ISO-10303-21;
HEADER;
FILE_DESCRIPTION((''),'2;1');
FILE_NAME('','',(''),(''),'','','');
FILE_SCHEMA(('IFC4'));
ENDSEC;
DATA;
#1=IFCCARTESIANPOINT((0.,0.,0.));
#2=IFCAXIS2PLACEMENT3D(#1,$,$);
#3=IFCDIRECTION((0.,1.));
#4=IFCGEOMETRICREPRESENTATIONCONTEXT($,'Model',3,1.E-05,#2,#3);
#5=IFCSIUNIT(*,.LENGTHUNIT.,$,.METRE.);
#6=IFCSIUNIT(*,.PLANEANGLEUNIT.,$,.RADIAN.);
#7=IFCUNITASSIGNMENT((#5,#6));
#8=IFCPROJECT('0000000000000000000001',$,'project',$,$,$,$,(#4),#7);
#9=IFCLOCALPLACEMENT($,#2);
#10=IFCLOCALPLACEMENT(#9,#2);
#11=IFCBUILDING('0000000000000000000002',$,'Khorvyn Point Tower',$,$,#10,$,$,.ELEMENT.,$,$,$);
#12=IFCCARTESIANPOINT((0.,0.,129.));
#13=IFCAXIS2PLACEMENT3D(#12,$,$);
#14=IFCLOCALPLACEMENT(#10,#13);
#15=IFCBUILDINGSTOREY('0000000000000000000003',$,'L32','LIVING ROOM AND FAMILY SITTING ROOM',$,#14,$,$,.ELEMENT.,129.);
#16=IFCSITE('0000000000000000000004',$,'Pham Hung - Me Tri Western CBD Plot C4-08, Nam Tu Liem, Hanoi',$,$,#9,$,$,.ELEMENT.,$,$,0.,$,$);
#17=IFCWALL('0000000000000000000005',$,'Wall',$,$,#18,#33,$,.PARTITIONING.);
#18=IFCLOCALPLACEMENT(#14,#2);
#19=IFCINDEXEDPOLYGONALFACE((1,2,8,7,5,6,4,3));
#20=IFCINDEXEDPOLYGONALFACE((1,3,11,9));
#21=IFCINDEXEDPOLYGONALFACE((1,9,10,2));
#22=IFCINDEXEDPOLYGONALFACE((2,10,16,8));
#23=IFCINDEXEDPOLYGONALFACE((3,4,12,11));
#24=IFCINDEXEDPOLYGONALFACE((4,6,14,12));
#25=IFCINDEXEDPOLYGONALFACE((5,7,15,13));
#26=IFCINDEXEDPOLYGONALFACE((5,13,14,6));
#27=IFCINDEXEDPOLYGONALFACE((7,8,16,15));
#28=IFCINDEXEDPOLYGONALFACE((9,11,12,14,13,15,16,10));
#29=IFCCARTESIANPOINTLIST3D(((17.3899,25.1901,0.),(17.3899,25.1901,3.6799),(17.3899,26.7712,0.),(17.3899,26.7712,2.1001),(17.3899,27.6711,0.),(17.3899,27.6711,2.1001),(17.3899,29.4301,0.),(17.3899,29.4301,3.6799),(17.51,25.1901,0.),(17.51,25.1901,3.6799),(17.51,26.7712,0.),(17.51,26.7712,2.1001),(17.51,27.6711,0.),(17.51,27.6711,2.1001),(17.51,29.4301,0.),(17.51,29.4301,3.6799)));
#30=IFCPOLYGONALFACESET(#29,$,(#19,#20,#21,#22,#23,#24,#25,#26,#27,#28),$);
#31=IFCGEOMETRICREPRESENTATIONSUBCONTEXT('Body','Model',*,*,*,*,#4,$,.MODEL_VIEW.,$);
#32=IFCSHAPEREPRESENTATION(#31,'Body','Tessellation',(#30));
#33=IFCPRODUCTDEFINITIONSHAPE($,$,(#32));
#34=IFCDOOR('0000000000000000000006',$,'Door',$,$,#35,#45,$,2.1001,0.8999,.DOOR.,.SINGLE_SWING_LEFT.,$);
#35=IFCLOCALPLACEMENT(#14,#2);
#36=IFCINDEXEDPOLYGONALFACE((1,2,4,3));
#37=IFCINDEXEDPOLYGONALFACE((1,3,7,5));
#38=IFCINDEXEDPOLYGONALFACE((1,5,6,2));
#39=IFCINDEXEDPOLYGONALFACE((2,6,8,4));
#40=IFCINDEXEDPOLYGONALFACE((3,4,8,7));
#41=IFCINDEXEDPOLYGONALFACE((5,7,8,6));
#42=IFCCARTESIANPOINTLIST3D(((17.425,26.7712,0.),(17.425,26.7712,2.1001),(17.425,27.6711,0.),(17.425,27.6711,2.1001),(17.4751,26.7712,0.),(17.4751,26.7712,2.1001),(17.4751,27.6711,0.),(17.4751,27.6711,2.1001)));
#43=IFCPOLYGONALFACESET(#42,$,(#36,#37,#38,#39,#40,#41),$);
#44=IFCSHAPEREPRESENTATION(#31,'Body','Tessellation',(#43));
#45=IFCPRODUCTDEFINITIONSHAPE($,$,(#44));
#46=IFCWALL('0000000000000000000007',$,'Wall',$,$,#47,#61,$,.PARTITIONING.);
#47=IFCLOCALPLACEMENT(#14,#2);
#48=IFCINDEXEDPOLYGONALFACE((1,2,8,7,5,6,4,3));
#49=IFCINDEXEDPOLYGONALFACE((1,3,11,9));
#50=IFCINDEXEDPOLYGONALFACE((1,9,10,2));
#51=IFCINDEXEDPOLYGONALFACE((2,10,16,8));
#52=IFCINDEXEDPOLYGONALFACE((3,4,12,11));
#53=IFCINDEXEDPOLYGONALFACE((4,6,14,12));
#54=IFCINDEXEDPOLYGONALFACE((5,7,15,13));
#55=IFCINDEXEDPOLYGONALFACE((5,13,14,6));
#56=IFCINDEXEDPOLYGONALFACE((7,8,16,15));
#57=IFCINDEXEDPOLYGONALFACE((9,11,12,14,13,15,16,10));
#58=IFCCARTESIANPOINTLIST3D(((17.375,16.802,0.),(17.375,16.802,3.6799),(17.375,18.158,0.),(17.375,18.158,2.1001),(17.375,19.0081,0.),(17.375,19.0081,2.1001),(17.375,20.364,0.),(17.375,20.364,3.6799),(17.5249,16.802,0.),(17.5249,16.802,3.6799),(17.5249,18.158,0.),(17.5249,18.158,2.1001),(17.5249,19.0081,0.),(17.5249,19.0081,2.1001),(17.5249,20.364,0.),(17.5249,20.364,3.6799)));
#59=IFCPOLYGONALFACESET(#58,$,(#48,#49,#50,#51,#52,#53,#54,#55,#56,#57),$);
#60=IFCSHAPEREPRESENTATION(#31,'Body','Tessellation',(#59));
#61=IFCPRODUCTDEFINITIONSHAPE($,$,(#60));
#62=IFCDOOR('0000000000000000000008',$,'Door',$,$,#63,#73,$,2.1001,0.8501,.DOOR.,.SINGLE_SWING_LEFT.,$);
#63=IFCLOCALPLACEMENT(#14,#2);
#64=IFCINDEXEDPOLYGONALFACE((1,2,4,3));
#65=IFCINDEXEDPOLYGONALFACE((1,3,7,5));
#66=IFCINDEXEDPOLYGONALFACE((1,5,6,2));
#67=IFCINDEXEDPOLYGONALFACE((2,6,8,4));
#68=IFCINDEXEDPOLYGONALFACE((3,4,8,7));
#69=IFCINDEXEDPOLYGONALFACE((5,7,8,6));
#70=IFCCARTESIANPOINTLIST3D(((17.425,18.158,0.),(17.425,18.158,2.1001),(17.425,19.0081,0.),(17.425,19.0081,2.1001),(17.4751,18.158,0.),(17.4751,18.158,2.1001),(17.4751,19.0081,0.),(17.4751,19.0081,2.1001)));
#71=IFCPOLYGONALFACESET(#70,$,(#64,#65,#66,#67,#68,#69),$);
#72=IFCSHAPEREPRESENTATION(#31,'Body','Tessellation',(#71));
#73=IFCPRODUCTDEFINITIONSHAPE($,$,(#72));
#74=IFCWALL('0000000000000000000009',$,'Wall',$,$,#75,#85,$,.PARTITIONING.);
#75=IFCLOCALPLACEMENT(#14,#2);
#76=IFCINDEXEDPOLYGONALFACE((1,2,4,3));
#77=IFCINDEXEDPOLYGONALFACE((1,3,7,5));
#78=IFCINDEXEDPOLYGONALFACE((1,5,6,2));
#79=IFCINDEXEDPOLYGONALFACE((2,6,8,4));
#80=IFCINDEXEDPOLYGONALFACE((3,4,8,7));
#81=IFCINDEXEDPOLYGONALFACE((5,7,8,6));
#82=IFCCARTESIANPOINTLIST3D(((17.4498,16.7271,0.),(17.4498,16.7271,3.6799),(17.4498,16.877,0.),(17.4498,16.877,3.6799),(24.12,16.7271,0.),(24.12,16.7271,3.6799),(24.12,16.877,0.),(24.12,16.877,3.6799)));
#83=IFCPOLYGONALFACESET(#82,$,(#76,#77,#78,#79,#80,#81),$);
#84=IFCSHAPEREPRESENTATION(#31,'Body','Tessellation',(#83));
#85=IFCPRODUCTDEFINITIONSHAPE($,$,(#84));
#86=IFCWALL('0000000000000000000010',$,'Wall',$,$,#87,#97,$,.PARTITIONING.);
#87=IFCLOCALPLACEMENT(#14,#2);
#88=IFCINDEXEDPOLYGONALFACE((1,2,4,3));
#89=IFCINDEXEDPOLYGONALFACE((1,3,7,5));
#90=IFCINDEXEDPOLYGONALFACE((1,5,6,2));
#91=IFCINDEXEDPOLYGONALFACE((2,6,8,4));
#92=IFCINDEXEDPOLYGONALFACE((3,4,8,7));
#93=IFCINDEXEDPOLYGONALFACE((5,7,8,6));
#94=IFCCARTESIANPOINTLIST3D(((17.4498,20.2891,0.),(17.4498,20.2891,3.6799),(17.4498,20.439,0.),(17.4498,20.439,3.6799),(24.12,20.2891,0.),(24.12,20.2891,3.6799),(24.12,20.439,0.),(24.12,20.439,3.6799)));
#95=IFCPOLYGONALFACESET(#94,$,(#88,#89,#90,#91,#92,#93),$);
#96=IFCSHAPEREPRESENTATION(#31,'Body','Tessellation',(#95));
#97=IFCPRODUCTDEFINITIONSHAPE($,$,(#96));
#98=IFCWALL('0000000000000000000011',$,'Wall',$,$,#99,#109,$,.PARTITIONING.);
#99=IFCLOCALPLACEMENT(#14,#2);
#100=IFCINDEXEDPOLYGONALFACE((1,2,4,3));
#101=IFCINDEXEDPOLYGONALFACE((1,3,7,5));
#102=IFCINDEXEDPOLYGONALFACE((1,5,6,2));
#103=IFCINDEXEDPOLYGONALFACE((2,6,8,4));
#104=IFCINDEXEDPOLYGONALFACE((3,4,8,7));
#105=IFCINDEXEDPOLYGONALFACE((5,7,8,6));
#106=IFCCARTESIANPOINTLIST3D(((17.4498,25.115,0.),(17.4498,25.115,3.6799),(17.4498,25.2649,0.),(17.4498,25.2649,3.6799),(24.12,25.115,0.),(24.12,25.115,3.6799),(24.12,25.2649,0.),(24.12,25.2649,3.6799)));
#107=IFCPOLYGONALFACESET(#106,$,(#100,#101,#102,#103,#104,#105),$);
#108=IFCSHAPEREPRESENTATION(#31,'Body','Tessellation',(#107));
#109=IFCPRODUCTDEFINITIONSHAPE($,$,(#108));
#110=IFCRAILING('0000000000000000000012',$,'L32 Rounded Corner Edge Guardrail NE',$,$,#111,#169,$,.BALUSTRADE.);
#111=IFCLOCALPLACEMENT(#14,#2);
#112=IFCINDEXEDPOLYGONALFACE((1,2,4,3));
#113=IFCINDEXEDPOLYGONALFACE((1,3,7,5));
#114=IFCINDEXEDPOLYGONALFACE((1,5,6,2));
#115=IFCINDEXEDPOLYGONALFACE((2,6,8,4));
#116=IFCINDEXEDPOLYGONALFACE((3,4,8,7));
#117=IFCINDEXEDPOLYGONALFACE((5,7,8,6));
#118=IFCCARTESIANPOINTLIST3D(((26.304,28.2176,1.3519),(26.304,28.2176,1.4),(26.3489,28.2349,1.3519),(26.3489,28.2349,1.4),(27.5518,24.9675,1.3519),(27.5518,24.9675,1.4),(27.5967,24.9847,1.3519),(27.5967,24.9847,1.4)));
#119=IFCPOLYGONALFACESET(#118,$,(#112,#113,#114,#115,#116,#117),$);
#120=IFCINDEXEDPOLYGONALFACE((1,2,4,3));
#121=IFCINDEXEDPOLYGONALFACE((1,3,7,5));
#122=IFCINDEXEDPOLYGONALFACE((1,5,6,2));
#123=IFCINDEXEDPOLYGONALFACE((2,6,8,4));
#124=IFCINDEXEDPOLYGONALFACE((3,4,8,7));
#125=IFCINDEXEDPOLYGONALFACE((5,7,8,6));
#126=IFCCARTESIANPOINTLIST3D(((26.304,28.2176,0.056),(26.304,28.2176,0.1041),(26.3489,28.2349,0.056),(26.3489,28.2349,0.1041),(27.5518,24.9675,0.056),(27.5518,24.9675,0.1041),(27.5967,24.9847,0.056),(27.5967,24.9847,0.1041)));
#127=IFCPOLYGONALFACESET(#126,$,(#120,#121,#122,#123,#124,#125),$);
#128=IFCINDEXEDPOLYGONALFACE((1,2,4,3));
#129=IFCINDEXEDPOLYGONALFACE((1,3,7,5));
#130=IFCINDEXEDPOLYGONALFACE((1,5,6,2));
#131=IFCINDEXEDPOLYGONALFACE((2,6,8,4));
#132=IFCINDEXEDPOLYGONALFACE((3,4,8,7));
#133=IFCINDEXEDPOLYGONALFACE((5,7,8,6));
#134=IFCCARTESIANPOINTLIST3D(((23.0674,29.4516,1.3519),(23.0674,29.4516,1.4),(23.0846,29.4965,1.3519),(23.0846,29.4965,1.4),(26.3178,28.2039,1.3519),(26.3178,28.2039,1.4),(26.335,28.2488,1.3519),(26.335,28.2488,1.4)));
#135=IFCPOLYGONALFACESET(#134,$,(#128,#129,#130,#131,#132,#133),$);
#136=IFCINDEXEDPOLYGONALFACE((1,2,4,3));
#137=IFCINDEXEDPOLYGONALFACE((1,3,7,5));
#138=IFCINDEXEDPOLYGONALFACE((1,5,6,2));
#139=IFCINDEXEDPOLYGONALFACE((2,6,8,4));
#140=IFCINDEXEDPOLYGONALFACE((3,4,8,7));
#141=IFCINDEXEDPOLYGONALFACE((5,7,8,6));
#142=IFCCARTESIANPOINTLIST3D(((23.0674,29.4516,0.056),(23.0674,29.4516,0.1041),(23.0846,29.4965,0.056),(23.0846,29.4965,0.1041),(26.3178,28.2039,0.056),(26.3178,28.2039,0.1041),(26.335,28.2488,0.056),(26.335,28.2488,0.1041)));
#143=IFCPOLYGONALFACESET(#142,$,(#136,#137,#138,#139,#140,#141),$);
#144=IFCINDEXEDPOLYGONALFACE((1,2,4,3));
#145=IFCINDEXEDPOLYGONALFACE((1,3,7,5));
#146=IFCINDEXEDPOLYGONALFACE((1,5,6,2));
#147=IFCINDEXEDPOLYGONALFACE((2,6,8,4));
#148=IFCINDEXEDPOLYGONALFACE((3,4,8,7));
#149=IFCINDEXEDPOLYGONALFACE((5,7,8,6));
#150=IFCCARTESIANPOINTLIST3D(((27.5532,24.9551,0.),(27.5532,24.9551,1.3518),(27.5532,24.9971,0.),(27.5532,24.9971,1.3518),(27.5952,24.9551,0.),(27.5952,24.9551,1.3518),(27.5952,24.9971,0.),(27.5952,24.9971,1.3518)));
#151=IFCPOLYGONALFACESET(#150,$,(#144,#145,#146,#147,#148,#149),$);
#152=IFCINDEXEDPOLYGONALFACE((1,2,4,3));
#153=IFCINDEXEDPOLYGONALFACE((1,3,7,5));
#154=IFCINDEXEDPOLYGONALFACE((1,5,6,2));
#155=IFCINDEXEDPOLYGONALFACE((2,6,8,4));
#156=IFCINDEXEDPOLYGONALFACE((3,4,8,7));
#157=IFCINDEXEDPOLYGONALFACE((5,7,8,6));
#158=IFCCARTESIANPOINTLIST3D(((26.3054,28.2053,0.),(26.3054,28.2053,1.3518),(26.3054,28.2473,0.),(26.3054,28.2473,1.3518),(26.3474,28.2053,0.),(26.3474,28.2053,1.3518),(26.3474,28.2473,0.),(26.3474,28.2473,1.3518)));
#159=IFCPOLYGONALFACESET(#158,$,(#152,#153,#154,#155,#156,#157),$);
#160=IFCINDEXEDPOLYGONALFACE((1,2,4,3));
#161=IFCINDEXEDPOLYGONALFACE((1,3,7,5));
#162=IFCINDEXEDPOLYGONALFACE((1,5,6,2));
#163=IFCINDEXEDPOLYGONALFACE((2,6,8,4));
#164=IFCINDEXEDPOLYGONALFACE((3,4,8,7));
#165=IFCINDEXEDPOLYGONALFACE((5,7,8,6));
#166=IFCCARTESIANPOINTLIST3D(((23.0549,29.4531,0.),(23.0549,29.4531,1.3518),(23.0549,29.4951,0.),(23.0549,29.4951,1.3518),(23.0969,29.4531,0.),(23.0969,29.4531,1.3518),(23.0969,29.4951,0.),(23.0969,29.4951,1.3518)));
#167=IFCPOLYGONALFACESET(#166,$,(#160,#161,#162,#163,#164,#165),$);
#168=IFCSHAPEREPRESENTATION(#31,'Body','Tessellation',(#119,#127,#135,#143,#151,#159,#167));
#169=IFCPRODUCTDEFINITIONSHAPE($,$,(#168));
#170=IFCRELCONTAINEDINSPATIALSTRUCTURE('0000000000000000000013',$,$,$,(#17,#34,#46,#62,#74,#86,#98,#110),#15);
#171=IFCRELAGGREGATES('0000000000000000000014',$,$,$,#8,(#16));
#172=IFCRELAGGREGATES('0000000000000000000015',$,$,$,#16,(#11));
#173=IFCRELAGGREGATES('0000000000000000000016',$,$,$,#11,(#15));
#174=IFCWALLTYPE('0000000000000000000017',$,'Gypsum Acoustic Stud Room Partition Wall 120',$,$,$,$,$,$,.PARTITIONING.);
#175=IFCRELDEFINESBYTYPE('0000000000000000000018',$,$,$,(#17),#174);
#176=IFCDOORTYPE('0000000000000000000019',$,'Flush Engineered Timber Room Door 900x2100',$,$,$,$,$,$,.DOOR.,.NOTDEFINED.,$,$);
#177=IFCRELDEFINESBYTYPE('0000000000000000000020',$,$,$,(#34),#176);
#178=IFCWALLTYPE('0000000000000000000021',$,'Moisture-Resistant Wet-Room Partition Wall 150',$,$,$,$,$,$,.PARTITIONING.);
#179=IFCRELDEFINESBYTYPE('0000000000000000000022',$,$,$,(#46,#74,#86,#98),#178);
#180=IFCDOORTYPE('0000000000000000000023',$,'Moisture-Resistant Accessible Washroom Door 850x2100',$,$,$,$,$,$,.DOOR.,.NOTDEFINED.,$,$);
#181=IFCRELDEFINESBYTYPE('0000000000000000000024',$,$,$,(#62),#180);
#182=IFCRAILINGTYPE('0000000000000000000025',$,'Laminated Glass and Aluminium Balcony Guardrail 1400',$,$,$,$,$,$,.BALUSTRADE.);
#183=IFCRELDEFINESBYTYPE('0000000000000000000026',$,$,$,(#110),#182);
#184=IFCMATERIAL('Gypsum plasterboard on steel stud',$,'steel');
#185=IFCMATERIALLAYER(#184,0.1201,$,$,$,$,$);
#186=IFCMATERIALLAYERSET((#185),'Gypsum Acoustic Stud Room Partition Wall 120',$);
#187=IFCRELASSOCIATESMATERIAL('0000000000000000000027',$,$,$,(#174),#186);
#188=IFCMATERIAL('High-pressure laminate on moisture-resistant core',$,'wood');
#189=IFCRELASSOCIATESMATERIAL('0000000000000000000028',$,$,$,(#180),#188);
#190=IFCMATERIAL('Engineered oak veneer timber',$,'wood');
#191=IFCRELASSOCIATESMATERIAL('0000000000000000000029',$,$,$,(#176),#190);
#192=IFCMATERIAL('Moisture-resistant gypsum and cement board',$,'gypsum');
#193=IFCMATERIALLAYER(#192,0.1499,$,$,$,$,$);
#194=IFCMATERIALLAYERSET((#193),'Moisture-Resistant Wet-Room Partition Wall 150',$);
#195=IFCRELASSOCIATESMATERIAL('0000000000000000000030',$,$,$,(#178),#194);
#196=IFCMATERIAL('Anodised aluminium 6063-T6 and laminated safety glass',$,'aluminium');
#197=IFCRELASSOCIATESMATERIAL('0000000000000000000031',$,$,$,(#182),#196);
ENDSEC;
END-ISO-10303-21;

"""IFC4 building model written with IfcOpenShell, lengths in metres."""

from ifc_helpers import new_model, si_unit, direction, frame, frame_2d, origin, origin_2d, place, context, subcontext, project, spatial, rectangle, extrude, material, layer, layer_set, type_object, element, fill, save


model = new_model("IFC4")

# Units and contexts
model_context = context("Model", 3, precision=1e-05, world=origin(), true_north=direction((0.0, 1.0)))
body_context = subcontext(model_context, "Body", "Model", "MODEL_VIEW")
ifc_project = project(units=[si_unit("LENGTHUNIT", "METRE"), si_unit("PLANEANGLEUNIT", "RADIAN")], contexts=[model_context])

# Site, building, storey
site_placement = place(None, origin())
site = spatial("IfcSite", under=ifc_project, at=site_placement, Name="Pham Hung - Me Tri Western CBD Plot C4-08, Nam Tu Liem, Hanoi", CompositionType="ELEMENT", RefElevation=0.0)
building_placement = place(site_placement, origin())
building = spatial("IfcBuilding", under=site, at=building_placement, Name="Khorvyn Point Tower", CompositionType="ELEMENT")
storey_placement = place(building_placement, frame((0.0, 0.0, 129.0)))
storey = spatial("IfcBuildingStorey", under=building, at=storey_placement, Name="L32", Description="LIVING ROOM AND FAMILY SITTING ROOM", CompositionType="ELEMENT", Elevation=129.0)

# Walls, openings, doors
ifc_material_1 = material(Name="Gypsum plasterboard on steel stud", Category="steel")
ifc_layer_1 = layer(ifc_material_1, 0.1201)
ifc_layer_set_1 = layer_set([ifc_layer_1], Name="Gypsum Acoustic Stud Room Partition Wall 120")
wall_type_1 = type_object("IfcWallType", Name="Gypsum Acoustic Stud Room Partition Wall 120", PredefinedType="PARTITIONING", material=ifc_layer_set_1)
ifc_material_2 = material(Name="High-pressure laminate on moisture-resistant core", Category="wood")
door_type_1 = type_object("IfcDoorType", Name="Moisture-Resistant Accessible Washroom Door 850x2100", OperationType="NOTDEFINED", PredefinedType="DOOR", material=ifc_material_2)
wall_1_placement = place(storey_placement, frame((17.45, 25.1899, 0.0), z_axis=(0.0, 0.0, 1.0), x_axis=(0.0, 1.0, 0.0)))
wall_1 = element("IfcWall", 1, at=wall_1_placement, inside=storey, type_object=wall_type_1, Name="Wall", PredefinedType="PARTITIONING", context=body_context, shape_type="SweptSolid", body=[
    extrude(rectangle(XDim=4.24, YDim=0.1201, at=frame_2d((2.1201, 0.0))), origin(), (0.0, 0.0, 1.0), 3.6799),
])
opening_1_placement = place(wall_1_placement, frame((1.5813, 0.0, 0.0)))
opening_1 = element("IfcOpeningElement", 2, at=opening_1_placement, cuts=wall_1, PredefinedType="OPENING", context=body_context, shape_type="SweptSolid", body=[
    extrude(rectangle(XDim=0.8999, YDim=2.1001, at=frame_2d((0.45, 1.05))), frame((0.0, 0.0701, 0.0), z_axis=(0.0, -1.0, 0.0), x_axis=(1.0, 0.0, 0.0)), (0.0, 0.0, 1.0), 0.1401),
])
ifc_material_3 = material(Name="Engineered oak veneer timber", Category="wood")
door_type_2 = type_object("IfcDoorType", Name="Flush Engineered Timber Room Door 900x2100", OperationType="NOTDEFINED", PredefinedType="DOOR", material=ifc_material_3)
door_1_placement = place(opening_1_placement, origin())
door_1 = element("IfcDoor", 3, at=door_1_placement, inside=storey, type_object=door_type_2, Name="Door", OperationType="SINGLE_SWING_LEFT", OverallHeight=2.1001, OverallWidth=0.8999, PredefinedType="DOOR", context=body_context, shape_type="SweptSolid", body=[
    extrude(rectangle(XDim=0.8999, YDim=2.1001, at=frame_2d((0.45, 1.05))), frame((0.0, 0.0249, 0.0), z_axis=(0.0, -1.0, 0.0), x_axis=(1.0, 0.0, 0.0)), (0.0, 0.0, 1.0), 0.05),
])
fill(opening_1, door_1)
ifc_material_4 = material(Name="Moisture-resistant gypsum and cement board", Category="gypsum")
ifc_layer_2 = layer(ifc_material_4, 0.1499)
ifc_layer_set_2 = layer_set([ifc_layer_2], Name="Moisture-Resistant Wet-Room Partition Wall 150")
wall_type_2 = type_object("IfcWallType", Name="Moisture-Resistant Wet-Room Partition Wall 150", PredefinedType="PARTITIONING", material=ifc_layer_set_2)
wall_2_placement = place(storey_placement, frame((17.45, 16.802, 0.0), z_axis=(0.0, 0.0, 1.0), x_axis=(0.0, 1.0, 0.0)))
wall_2 = element("IfcWall", 4, at=wall_2_placement, inside=storey, type_object=wall_type_2, Name="Wall", PredefinedType="PARTITIONING", context=body_context, shape_type="SweptSolid", body=[
    extrude(rectangle(XDim=3.562, YDim=0.1499, at=frame_2d((1.781, 0.0))), origin(), (0.0, 0.0, 1.0), 3.6799),
])
opening_2_placement = place(wall_2_placement, frame((1.356, 0.0, 0.0)))
opening_2 = element("IfcOpeningElement", 5, at=opening_2_placement, cuts=wall_2, PredefinedType="OPENING", context=body_context, shape_type="SweptSolid", body=[
    extrude(rectangle(XDim=0.8501, YDim=2.1001, at=frame_2d((0.425, 1.05))), frame((0.0, 0.085, 0.0), z_axis=(0.0, -1.0, 0.0), x_axis=(1.0, 0.0, 0.0)), (0.0, 0.0, 1.0), 0.1699),
])
door_2_placement = place(opening_2_placement, origin())
door_2 = element("IfcDoor", 6, at=door_2_placement, inside=storey, type_object=door_type_1, Name="Door", OperationType="SINGLE_SWING_LEFT", OverallHeight=2.1001, OverallWidth=0.8501, PredefinedType="DOOR", context=body_context, shape_type="SweptSolid", body=[
    extrude(rectangle(XDim=0.8501, YDim=2.1001, at=frame_2d((0.425, 1.05))), frame((0.0, 0.0249, 0.0), z_axis=(0.0, -1.0, 0.0), x_axis=(1.0, 0.0, 0.0)), (0.0, 0.0, 1.0), 0.05),
])
fill(opening_2, door_2)

# Walls
for number, where, z_axis, x_axis, name in (
    (7, (17.45, 16.802, 0.0), (0.0, 0.0, 1.0), (1.0, 0.0, 0.0), "Wall"),
    (8, (17.45, 20.364, 0.0), (0.0, 0.0, 1.0), (1.0, 0.0, 0.0), "Wall"),
    (9, (17.45, 25.1899, 0.0), (0.0, 0.0, 1.0), (1.0, 0.0, 0.0), "Wall"),
):
    element("IfcWall", number, at=place(storey_placement, frame(where, z_axis=z_axis, x_axis=x_axis)), inside=storey, type_object=wall_type_2, Name=name, PredefinedType="PARTITIONING", context=body_context, shape_type="SweptSolid", body=[
        extrude(rectangle(XDim=6.6702, YDim=0.1499, at=frame_2d((3.335, 0.0))), origin(), (0.0, 0.0, 1.0), 3.6799),
    ])

# Railing
ifc_material_5 = material(Name="Anodised aluminium 6063-T6 and laminated safety glass", Category="aluminium")
railing_type = type_object("IfcRailingType", Name="Laminated Glass and Aluminium Balcony Guardrail 1400", PredefinedType="BALUSTRADE", material=ifc_material_5)
railing_1_placement = place(storey_placement, frame((27.5742, 24.9761, 0.0)))
element("IfcRailing", 10, at=railing_1_placement, inside=storey, type_object=railing_type, Name="L32 Rounded Corner Edge Guardrail NE", PredefinedType="BALUSTRADE", context=body_context, shape_type="SweptSolid", body=[
    extrude(rectangle(XDim=0.0481, YDim=0.0481, at=origin_2d()), frame((0.0, 0.0, 1.376), z_axis=(-0.358406, 0.933566, 0.0), x_axis=(-0.933566, -0.358406, 0.0)), (0.0, 0.0, 1.0), 3.4814),
    extrude(rectangle(XDim=0.0481, YDim=0.0481, at=origin_2d()), frame((0.0, 0.0, 0.0801), z_axis=(-0.358406, 0.933566, 0.0), x_axis=(-0.933566, -0.358406, 0.0)), (0.0, 0.0, 1.0), 3.4814),
    extrude(rectangle(XDim=0.0481, YDim=0.0481, at=origin_2d()), frame((-1.2478, 3.2502, 1.376), z_axis=(-0.933575, 0.358382, 0.0), x_axis=(-0.358382, -0.933575, 0.0)), (0.0, 0.0, 1.0), 3.4817),
    extrude(rectangle(XDim=0.0481, YDim=0.0481, at=origin_2d()), frame((-1.2478, 3.2502, 0.0801), z_axis=(-0.933575, 0.358382, 0.0), x_axis=(-0.358382, -0.933575, 0.0)), (0.0, 0.0, 1.0), 3.4817),
    extrude(rectangle(XDim=0.042, YDim=0.042, at=origin_2d()), origin(), (0.0, 0.0, 1.0), 1.3518),
    extrude(rectangle(XDim=0.042, YDim=0.042, at=origin_2d()), frame((-1.2478, 3.2502, 0.0)), (0.0, 0.0, 1.0), 1.3518),
    extrude(rectangle(XDim=0.042, YDim=0.042, at=origin_2d()), frame((-4.4983, 4.498, 0.0)), (0.0, 0.0, 1.0), 1.3518),
])

save(model, "model.ifc")
